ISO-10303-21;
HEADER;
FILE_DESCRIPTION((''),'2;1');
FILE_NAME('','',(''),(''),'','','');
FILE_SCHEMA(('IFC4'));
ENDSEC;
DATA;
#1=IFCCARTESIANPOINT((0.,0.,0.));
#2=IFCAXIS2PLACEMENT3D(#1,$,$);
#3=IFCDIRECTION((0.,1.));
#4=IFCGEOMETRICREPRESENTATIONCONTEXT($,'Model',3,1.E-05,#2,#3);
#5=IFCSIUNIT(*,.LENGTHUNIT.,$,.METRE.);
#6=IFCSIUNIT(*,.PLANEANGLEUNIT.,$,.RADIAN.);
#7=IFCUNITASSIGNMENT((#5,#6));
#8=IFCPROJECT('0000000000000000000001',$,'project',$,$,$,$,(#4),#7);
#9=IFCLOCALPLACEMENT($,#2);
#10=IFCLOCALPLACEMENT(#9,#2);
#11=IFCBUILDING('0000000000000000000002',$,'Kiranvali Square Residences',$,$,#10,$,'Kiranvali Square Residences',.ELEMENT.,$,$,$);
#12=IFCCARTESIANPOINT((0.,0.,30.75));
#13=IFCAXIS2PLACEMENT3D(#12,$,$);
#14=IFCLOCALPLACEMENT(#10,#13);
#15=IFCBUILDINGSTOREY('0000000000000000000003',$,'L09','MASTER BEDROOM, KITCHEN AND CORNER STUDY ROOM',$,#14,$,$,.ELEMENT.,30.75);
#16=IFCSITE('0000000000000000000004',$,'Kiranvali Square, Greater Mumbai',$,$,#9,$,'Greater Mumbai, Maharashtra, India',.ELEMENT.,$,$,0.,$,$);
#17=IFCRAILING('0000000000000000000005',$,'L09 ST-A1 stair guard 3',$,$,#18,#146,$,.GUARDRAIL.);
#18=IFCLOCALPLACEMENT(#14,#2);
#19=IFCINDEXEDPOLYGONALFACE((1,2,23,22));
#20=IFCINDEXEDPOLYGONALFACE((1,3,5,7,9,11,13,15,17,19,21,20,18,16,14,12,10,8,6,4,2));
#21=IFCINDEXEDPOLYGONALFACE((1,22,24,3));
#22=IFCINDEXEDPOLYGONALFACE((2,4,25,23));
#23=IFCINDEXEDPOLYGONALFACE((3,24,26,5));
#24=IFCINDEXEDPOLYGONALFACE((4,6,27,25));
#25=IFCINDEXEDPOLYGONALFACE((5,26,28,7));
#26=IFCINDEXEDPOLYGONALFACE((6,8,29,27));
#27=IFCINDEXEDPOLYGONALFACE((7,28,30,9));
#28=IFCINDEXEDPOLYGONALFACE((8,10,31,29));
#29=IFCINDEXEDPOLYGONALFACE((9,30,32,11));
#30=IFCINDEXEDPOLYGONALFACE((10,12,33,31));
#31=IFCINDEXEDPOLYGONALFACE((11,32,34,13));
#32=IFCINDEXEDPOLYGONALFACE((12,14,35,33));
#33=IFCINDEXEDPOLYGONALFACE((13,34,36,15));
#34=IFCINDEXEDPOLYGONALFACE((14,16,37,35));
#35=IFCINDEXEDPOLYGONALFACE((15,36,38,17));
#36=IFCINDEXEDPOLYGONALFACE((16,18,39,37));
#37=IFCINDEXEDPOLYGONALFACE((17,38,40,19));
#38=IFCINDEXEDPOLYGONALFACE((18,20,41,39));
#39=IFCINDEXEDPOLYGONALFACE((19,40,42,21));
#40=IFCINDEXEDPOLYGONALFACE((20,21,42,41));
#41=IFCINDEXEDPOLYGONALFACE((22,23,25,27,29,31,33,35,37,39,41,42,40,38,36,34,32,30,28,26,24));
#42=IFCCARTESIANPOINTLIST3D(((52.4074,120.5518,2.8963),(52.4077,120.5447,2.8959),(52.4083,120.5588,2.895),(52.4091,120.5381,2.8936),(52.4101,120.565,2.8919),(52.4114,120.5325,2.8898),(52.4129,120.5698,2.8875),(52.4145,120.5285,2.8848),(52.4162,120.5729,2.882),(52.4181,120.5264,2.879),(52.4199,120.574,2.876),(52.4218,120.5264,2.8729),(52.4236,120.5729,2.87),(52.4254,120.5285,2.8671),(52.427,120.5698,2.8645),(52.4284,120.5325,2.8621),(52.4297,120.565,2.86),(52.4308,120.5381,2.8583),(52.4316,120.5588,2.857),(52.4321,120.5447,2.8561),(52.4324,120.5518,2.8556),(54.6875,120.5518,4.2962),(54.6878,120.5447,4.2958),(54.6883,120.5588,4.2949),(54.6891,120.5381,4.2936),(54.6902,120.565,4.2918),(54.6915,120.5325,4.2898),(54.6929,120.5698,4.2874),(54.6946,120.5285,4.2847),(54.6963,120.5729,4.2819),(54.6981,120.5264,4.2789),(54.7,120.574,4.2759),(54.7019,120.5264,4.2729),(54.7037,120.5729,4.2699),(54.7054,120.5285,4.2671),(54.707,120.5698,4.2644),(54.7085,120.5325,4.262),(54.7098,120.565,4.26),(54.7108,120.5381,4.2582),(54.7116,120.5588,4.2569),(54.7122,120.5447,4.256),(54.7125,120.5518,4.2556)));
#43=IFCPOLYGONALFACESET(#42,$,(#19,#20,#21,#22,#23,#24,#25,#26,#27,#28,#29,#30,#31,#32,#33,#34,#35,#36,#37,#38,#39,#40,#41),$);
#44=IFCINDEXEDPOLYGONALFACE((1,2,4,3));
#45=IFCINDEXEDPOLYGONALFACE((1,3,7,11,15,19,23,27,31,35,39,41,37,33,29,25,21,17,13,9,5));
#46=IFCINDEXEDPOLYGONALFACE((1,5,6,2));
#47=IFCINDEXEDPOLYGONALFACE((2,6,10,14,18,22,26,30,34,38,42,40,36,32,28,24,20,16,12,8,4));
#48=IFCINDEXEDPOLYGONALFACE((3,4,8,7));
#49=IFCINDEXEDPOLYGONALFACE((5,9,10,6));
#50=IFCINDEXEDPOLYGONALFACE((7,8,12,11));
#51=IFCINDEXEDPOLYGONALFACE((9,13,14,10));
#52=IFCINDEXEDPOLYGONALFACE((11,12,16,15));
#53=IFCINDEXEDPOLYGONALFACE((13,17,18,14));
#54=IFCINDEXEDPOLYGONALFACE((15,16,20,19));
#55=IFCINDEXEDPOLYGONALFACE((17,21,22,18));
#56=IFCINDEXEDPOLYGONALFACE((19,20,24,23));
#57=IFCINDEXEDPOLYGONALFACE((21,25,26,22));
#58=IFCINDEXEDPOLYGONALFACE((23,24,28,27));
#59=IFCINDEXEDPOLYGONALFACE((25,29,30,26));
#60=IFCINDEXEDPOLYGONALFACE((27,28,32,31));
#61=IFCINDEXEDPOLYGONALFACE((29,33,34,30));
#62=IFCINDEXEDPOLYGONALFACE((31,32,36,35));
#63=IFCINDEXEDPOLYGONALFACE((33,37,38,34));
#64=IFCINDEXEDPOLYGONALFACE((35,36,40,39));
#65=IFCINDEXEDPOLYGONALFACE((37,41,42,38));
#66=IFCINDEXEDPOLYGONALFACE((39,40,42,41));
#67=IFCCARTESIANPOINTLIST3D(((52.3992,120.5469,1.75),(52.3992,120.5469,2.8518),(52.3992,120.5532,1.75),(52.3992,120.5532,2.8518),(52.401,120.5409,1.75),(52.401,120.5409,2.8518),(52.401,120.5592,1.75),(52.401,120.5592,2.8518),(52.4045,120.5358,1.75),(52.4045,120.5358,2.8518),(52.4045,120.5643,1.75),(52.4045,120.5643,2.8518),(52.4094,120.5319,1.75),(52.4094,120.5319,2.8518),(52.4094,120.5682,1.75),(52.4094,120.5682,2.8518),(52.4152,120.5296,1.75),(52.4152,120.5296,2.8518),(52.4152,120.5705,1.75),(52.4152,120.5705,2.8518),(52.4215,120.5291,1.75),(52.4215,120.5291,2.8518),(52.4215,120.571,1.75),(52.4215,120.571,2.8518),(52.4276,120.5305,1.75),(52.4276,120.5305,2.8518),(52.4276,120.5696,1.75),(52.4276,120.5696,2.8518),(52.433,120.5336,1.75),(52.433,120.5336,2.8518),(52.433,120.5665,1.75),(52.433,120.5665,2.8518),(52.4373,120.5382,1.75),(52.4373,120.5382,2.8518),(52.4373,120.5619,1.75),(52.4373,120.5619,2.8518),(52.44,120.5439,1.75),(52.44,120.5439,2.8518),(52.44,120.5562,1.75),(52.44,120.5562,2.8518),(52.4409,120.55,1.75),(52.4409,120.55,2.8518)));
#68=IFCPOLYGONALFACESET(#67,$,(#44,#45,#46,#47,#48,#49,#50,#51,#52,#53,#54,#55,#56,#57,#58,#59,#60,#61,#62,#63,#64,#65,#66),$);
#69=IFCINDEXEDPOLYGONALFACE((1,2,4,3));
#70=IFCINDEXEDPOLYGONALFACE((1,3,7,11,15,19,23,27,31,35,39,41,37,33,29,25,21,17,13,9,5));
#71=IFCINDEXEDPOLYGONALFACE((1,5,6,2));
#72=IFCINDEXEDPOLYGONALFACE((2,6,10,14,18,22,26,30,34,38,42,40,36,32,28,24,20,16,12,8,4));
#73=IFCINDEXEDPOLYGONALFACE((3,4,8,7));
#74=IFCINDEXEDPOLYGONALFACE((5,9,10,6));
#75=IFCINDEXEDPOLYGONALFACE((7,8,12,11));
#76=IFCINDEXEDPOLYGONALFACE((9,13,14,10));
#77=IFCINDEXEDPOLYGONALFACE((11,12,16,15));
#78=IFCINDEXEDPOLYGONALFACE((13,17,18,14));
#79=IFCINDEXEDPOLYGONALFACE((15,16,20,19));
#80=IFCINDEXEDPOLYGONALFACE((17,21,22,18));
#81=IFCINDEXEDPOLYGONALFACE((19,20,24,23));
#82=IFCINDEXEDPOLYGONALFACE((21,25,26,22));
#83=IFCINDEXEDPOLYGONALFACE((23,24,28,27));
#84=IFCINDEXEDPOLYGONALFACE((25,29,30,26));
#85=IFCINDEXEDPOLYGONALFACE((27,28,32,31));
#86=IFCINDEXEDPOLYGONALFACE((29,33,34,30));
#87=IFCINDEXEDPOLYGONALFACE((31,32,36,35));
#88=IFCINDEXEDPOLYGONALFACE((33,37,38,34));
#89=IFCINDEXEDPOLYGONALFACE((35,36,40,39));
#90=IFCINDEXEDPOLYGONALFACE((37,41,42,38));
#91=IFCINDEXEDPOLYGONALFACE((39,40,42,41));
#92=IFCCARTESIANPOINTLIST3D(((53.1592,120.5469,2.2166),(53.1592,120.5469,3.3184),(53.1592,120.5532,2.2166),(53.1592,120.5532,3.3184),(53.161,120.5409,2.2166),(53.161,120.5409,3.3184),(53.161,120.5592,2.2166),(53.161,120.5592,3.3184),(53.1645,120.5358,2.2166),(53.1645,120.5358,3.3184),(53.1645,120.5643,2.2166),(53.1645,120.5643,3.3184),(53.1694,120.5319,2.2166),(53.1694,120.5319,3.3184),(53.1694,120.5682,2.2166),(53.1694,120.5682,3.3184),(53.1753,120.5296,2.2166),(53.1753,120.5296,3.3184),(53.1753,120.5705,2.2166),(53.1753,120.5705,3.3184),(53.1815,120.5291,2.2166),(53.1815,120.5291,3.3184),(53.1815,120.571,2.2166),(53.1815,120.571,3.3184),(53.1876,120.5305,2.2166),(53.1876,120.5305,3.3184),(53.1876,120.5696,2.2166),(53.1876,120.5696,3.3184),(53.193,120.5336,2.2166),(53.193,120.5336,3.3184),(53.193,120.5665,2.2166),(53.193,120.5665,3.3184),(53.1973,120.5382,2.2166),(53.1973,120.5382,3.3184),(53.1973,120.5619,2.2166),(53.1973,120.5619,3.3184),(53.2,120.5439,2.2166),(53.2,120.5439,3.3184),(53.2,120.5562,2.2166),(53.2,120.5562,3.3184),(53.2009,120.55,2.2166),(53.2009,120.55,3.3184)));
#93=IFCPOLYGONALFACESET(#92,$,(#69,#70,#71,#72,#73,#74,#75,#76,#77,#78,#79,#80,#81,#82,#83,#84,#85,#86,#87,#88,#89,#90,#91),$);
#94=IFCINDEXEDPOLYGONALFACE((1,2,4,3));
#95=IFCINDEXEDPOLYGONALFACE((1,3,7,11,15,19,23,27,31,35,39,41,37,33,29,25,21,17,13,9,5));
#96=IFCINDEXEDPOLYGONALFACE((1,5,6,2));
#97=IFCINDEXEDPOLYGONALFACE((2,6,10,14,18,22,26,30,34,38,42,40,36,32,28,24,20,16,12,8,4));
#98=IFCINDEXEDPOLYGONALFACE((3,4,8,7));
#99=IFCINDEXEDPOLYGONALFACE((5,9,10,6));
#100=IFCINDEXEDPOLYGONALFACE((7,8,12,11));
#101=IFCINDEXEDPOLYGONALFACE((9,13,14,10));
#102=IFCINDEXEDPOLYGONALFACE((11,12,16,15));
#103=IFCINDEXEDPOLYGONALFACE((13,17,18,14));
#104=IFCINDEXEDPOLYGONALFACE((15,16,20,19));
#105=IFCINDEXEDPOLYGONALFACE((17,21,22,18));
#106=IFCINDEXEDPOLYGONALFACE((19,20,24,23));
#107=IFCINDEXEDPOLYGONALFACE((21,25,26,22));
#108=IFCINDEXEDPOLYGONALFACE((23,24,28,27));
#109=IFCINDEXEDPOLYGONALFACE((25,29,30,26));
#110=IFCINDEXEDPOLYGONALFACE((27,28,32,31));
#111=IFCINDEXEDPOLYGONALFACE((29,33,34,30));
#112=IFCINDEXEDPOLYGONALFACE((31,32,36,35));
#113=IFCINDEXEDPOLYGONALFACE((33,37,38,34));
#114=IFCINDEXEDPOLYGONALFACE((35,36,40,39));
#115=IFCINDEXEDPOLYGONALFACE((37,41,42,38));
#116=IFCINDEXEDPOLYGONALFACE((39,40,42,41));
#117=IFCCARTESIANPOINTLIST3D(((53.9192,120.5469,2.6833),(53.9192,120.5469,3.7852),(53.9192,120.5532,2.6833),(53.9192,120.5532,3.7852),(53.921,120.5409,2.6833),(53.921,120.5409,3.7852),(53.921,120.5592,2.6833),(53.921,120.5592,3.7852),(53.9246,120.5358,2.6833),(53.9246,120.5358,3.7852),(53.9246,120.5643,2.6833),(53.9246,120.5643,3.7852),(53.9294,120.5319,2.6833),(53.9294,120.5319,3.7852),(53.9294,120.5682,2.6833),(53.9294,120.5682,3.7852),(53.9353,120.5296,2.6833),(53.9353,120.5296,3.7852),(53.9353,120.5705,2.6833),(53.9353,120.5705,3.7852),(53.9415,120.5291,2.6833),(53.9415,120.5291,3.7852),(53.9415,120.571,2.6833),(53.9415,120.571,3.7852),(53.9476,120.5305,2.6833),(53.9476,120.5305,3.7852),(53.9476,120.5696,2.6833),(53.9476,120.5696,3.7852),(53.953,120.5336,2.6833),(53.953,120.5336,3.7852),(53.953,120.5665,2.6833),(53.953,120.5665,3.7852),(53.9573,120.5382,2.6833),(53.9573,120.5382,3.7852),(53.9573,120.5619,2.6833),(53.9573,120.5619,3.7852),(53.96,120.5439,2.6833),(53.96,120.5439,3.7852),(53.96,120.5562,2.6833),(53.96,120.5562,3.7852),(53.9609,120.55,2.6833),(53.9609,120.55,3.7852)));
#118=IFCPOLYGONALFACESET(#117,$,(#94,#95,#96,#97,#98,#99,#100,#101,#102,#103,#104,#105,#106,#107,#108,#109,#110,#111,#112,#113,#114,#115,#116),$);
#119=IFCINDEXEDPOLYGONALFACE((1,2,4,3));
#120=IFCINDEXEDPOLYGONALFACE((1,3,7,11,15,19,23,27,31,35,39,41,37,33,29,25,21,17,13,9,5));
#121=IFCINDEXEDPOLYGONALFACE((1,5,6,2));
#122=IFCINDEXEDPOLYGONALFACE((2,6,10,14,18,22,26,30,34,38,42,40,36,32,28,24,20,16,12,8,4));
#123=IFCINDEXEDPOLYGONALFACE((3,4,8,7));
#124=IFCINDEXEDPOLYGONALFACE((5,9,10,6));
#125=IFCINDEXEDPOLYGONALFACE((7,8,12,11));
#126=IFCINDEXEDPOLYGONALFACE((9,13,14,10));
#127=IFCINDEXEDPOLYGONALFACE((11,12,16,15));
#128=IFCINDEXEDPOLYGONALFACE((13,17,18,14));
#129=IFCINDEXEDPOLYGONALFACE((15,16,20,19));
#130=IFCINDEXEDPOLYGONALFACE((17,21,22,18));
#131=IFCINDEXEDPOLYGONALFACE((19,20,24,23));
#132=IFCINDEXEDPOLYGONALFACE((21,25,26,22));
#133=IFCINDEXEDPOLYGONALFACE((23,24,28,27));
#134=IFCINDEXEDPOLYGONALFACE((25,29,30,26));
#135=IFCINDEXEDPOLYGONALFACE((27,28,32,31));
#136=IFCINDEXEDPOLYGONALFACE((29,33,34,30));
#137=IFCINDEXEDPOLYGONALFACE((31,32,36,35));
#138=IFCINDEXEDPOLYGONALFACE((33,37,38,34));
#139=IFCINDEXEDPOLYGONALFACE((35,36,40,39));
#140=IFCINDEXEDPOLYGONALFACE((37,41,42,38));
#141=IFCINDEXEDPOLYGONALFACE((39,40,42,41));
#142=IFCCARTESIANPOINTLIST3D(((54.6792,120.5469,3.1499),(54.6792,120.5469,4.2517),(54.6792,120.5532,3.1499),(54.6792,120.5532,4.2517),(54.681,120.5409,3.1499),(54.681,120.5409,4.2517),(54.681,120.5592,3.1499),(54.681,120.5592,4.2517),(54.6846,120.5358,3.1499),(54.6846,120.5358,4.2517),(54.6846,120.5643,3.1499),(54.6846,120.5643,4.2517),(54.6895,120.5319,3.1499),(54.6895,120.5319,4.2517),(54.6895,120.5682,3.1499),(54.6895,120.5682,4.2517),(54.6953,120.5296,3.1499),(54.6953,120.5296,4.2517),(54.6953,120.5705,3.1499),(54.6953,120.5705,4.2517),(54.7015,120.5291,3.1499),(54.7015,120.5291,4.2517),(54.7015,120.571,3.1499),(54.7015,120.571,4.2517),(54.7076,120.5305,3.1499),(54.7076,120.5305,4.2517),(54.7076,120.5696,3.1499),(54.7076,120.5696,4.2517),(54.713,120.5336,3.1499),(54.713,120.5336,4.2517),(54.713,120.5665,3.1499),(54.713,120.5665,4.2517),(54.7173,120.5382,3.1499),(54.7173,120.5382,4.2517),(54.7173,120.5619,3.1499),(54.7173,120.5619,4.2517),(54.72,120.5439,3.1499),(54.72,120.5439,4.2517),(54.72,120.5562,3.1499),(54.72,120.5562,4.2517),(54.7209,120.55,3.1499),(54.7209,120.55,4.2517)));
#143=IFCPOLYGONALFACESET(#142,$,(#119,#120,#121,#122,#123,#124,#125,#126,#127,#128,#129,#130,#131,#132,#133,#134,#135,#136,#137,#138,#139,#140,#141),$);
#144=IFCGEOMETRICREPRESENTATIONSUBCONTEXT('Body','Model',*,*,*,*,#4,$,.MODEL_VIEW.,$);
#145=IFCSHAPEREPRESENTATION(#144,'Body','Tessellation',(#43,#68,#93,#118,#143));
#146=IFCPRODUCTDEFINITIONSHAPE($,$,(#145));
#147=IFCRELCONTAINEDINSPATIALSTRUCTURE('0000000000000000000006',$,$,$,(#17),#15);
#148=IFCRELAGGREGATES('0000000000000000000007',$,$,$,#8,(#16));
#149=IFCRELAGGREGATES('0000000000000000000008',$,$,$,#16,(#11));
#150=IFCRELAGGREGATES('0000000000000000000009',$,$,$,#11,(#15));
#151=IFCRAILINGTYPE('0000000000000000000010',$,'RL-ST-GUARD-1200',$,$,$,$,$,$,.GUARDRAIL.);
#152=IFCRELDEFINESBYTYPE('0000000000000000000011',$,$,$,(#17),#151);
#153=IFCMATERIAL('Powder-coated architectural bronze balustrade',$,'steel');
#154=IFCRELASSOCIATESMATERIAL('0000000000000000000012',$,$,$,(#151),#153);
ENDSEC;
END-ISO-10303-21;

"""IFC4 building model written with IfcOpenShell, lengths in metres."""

from ifc_helpers import new_model, si_unit, direction, frame, origin, origin_2d, place, context, subcontext, project, spatial, circle, extrude, material, type_object, element, save


model = new_model("IFC4")

# Units and contexts
model_context = context("Model", 3, precision=1e-05, world=origin(), true_north=direction((0.0, 1.0)))
body_context = subcontext(model_context, "Body", "Model", "MODEL_VIEW")
ifc_project = project(units=[si_unit("LENGTHUNIT", "METRE"), si_unit("PLANEANGLEUNIT", "RADIAN")], contexts=[model_context])

# Site, building, storey
site_placement = place(None, origin())
site = spatial("IfcSite", under=ifc_project, at=site_placement, Name="Kiranvali Square, Greater Mumbai", LongName="Greater Mumbai, Maharashtra, India", CompositionType="ELEMENT", RefElevation=0.0)
building_placement = place(site_placement, origin())
building = spatial("IfcBuilding", under=site, at=building_placement, Name="Kiranvali Square Residences", LongName="Kiranvali Square Residences", CompositionType="ELEMENT")
storey_placement = place(building_placement, frame((0.0, 0.0, 30.75)))
storey = spatial("IfcBuildingStorey", under=building, at=storey_placement, Name="L09", Description="MASTER BEDROOM, KITCHEN AND CORNER STUDY ROOM", CompositionType="ELEMENT", Elevation=30.75)

# Railing
ifc_material_1 = material(Name="Powder-coated architectural bronze balustrade", Category="steel")
railing_type_1 = type_object("IfcRailingType", Name="RL-ST-GUARD-1200", PredefinedType="GUARDRAIL", material=ifc_material_1)
railing_1_placement = place(storey_placement, frame((52.4199, 120.55, 1.75)))
element("IfcRailing", 1, at=railing_1_placement, inside=storey, type_object=railing_type_1, Name="L09 ST-A1 stair guard 3", PredefinedType="GUARDRAIL", context=body_context, shape_type="SweptSolid", body=[
    extrude(circle(Radius=0.0239, at=origin_2d()), frame((0.0, 0.0, 1.126), z_axis=(0.85219, 0.0, 0.523232), x_axis=(0.0, 1.0, 0.0)), (0.0, 0.0, 1.0), 2.6755),
    extrude(circle(Radius=0.021, at=origin_2d()), origin(), (0.0, 0.0, 1.0), 1.1018),
    extrude(circle(Radius=0.021, at=origin_2d()), frame((0.76, 0.0, 0.4666)), (0.0, 0.0, 1.0), 1.1018),
    extrude(circle(Radius=0.021, at=origin_2d()), frame((1.52, 0.0, 0.9333)), (0.0, 0.0, 1.0), 1.1018),
    extrude(circle(Radius=0.021, at=origin_2d()), frame((2.28, 0.0, 1.3999)), (0.0, 0.0, 1.0), 1.1018),
])

save(model, "model.ifc")
